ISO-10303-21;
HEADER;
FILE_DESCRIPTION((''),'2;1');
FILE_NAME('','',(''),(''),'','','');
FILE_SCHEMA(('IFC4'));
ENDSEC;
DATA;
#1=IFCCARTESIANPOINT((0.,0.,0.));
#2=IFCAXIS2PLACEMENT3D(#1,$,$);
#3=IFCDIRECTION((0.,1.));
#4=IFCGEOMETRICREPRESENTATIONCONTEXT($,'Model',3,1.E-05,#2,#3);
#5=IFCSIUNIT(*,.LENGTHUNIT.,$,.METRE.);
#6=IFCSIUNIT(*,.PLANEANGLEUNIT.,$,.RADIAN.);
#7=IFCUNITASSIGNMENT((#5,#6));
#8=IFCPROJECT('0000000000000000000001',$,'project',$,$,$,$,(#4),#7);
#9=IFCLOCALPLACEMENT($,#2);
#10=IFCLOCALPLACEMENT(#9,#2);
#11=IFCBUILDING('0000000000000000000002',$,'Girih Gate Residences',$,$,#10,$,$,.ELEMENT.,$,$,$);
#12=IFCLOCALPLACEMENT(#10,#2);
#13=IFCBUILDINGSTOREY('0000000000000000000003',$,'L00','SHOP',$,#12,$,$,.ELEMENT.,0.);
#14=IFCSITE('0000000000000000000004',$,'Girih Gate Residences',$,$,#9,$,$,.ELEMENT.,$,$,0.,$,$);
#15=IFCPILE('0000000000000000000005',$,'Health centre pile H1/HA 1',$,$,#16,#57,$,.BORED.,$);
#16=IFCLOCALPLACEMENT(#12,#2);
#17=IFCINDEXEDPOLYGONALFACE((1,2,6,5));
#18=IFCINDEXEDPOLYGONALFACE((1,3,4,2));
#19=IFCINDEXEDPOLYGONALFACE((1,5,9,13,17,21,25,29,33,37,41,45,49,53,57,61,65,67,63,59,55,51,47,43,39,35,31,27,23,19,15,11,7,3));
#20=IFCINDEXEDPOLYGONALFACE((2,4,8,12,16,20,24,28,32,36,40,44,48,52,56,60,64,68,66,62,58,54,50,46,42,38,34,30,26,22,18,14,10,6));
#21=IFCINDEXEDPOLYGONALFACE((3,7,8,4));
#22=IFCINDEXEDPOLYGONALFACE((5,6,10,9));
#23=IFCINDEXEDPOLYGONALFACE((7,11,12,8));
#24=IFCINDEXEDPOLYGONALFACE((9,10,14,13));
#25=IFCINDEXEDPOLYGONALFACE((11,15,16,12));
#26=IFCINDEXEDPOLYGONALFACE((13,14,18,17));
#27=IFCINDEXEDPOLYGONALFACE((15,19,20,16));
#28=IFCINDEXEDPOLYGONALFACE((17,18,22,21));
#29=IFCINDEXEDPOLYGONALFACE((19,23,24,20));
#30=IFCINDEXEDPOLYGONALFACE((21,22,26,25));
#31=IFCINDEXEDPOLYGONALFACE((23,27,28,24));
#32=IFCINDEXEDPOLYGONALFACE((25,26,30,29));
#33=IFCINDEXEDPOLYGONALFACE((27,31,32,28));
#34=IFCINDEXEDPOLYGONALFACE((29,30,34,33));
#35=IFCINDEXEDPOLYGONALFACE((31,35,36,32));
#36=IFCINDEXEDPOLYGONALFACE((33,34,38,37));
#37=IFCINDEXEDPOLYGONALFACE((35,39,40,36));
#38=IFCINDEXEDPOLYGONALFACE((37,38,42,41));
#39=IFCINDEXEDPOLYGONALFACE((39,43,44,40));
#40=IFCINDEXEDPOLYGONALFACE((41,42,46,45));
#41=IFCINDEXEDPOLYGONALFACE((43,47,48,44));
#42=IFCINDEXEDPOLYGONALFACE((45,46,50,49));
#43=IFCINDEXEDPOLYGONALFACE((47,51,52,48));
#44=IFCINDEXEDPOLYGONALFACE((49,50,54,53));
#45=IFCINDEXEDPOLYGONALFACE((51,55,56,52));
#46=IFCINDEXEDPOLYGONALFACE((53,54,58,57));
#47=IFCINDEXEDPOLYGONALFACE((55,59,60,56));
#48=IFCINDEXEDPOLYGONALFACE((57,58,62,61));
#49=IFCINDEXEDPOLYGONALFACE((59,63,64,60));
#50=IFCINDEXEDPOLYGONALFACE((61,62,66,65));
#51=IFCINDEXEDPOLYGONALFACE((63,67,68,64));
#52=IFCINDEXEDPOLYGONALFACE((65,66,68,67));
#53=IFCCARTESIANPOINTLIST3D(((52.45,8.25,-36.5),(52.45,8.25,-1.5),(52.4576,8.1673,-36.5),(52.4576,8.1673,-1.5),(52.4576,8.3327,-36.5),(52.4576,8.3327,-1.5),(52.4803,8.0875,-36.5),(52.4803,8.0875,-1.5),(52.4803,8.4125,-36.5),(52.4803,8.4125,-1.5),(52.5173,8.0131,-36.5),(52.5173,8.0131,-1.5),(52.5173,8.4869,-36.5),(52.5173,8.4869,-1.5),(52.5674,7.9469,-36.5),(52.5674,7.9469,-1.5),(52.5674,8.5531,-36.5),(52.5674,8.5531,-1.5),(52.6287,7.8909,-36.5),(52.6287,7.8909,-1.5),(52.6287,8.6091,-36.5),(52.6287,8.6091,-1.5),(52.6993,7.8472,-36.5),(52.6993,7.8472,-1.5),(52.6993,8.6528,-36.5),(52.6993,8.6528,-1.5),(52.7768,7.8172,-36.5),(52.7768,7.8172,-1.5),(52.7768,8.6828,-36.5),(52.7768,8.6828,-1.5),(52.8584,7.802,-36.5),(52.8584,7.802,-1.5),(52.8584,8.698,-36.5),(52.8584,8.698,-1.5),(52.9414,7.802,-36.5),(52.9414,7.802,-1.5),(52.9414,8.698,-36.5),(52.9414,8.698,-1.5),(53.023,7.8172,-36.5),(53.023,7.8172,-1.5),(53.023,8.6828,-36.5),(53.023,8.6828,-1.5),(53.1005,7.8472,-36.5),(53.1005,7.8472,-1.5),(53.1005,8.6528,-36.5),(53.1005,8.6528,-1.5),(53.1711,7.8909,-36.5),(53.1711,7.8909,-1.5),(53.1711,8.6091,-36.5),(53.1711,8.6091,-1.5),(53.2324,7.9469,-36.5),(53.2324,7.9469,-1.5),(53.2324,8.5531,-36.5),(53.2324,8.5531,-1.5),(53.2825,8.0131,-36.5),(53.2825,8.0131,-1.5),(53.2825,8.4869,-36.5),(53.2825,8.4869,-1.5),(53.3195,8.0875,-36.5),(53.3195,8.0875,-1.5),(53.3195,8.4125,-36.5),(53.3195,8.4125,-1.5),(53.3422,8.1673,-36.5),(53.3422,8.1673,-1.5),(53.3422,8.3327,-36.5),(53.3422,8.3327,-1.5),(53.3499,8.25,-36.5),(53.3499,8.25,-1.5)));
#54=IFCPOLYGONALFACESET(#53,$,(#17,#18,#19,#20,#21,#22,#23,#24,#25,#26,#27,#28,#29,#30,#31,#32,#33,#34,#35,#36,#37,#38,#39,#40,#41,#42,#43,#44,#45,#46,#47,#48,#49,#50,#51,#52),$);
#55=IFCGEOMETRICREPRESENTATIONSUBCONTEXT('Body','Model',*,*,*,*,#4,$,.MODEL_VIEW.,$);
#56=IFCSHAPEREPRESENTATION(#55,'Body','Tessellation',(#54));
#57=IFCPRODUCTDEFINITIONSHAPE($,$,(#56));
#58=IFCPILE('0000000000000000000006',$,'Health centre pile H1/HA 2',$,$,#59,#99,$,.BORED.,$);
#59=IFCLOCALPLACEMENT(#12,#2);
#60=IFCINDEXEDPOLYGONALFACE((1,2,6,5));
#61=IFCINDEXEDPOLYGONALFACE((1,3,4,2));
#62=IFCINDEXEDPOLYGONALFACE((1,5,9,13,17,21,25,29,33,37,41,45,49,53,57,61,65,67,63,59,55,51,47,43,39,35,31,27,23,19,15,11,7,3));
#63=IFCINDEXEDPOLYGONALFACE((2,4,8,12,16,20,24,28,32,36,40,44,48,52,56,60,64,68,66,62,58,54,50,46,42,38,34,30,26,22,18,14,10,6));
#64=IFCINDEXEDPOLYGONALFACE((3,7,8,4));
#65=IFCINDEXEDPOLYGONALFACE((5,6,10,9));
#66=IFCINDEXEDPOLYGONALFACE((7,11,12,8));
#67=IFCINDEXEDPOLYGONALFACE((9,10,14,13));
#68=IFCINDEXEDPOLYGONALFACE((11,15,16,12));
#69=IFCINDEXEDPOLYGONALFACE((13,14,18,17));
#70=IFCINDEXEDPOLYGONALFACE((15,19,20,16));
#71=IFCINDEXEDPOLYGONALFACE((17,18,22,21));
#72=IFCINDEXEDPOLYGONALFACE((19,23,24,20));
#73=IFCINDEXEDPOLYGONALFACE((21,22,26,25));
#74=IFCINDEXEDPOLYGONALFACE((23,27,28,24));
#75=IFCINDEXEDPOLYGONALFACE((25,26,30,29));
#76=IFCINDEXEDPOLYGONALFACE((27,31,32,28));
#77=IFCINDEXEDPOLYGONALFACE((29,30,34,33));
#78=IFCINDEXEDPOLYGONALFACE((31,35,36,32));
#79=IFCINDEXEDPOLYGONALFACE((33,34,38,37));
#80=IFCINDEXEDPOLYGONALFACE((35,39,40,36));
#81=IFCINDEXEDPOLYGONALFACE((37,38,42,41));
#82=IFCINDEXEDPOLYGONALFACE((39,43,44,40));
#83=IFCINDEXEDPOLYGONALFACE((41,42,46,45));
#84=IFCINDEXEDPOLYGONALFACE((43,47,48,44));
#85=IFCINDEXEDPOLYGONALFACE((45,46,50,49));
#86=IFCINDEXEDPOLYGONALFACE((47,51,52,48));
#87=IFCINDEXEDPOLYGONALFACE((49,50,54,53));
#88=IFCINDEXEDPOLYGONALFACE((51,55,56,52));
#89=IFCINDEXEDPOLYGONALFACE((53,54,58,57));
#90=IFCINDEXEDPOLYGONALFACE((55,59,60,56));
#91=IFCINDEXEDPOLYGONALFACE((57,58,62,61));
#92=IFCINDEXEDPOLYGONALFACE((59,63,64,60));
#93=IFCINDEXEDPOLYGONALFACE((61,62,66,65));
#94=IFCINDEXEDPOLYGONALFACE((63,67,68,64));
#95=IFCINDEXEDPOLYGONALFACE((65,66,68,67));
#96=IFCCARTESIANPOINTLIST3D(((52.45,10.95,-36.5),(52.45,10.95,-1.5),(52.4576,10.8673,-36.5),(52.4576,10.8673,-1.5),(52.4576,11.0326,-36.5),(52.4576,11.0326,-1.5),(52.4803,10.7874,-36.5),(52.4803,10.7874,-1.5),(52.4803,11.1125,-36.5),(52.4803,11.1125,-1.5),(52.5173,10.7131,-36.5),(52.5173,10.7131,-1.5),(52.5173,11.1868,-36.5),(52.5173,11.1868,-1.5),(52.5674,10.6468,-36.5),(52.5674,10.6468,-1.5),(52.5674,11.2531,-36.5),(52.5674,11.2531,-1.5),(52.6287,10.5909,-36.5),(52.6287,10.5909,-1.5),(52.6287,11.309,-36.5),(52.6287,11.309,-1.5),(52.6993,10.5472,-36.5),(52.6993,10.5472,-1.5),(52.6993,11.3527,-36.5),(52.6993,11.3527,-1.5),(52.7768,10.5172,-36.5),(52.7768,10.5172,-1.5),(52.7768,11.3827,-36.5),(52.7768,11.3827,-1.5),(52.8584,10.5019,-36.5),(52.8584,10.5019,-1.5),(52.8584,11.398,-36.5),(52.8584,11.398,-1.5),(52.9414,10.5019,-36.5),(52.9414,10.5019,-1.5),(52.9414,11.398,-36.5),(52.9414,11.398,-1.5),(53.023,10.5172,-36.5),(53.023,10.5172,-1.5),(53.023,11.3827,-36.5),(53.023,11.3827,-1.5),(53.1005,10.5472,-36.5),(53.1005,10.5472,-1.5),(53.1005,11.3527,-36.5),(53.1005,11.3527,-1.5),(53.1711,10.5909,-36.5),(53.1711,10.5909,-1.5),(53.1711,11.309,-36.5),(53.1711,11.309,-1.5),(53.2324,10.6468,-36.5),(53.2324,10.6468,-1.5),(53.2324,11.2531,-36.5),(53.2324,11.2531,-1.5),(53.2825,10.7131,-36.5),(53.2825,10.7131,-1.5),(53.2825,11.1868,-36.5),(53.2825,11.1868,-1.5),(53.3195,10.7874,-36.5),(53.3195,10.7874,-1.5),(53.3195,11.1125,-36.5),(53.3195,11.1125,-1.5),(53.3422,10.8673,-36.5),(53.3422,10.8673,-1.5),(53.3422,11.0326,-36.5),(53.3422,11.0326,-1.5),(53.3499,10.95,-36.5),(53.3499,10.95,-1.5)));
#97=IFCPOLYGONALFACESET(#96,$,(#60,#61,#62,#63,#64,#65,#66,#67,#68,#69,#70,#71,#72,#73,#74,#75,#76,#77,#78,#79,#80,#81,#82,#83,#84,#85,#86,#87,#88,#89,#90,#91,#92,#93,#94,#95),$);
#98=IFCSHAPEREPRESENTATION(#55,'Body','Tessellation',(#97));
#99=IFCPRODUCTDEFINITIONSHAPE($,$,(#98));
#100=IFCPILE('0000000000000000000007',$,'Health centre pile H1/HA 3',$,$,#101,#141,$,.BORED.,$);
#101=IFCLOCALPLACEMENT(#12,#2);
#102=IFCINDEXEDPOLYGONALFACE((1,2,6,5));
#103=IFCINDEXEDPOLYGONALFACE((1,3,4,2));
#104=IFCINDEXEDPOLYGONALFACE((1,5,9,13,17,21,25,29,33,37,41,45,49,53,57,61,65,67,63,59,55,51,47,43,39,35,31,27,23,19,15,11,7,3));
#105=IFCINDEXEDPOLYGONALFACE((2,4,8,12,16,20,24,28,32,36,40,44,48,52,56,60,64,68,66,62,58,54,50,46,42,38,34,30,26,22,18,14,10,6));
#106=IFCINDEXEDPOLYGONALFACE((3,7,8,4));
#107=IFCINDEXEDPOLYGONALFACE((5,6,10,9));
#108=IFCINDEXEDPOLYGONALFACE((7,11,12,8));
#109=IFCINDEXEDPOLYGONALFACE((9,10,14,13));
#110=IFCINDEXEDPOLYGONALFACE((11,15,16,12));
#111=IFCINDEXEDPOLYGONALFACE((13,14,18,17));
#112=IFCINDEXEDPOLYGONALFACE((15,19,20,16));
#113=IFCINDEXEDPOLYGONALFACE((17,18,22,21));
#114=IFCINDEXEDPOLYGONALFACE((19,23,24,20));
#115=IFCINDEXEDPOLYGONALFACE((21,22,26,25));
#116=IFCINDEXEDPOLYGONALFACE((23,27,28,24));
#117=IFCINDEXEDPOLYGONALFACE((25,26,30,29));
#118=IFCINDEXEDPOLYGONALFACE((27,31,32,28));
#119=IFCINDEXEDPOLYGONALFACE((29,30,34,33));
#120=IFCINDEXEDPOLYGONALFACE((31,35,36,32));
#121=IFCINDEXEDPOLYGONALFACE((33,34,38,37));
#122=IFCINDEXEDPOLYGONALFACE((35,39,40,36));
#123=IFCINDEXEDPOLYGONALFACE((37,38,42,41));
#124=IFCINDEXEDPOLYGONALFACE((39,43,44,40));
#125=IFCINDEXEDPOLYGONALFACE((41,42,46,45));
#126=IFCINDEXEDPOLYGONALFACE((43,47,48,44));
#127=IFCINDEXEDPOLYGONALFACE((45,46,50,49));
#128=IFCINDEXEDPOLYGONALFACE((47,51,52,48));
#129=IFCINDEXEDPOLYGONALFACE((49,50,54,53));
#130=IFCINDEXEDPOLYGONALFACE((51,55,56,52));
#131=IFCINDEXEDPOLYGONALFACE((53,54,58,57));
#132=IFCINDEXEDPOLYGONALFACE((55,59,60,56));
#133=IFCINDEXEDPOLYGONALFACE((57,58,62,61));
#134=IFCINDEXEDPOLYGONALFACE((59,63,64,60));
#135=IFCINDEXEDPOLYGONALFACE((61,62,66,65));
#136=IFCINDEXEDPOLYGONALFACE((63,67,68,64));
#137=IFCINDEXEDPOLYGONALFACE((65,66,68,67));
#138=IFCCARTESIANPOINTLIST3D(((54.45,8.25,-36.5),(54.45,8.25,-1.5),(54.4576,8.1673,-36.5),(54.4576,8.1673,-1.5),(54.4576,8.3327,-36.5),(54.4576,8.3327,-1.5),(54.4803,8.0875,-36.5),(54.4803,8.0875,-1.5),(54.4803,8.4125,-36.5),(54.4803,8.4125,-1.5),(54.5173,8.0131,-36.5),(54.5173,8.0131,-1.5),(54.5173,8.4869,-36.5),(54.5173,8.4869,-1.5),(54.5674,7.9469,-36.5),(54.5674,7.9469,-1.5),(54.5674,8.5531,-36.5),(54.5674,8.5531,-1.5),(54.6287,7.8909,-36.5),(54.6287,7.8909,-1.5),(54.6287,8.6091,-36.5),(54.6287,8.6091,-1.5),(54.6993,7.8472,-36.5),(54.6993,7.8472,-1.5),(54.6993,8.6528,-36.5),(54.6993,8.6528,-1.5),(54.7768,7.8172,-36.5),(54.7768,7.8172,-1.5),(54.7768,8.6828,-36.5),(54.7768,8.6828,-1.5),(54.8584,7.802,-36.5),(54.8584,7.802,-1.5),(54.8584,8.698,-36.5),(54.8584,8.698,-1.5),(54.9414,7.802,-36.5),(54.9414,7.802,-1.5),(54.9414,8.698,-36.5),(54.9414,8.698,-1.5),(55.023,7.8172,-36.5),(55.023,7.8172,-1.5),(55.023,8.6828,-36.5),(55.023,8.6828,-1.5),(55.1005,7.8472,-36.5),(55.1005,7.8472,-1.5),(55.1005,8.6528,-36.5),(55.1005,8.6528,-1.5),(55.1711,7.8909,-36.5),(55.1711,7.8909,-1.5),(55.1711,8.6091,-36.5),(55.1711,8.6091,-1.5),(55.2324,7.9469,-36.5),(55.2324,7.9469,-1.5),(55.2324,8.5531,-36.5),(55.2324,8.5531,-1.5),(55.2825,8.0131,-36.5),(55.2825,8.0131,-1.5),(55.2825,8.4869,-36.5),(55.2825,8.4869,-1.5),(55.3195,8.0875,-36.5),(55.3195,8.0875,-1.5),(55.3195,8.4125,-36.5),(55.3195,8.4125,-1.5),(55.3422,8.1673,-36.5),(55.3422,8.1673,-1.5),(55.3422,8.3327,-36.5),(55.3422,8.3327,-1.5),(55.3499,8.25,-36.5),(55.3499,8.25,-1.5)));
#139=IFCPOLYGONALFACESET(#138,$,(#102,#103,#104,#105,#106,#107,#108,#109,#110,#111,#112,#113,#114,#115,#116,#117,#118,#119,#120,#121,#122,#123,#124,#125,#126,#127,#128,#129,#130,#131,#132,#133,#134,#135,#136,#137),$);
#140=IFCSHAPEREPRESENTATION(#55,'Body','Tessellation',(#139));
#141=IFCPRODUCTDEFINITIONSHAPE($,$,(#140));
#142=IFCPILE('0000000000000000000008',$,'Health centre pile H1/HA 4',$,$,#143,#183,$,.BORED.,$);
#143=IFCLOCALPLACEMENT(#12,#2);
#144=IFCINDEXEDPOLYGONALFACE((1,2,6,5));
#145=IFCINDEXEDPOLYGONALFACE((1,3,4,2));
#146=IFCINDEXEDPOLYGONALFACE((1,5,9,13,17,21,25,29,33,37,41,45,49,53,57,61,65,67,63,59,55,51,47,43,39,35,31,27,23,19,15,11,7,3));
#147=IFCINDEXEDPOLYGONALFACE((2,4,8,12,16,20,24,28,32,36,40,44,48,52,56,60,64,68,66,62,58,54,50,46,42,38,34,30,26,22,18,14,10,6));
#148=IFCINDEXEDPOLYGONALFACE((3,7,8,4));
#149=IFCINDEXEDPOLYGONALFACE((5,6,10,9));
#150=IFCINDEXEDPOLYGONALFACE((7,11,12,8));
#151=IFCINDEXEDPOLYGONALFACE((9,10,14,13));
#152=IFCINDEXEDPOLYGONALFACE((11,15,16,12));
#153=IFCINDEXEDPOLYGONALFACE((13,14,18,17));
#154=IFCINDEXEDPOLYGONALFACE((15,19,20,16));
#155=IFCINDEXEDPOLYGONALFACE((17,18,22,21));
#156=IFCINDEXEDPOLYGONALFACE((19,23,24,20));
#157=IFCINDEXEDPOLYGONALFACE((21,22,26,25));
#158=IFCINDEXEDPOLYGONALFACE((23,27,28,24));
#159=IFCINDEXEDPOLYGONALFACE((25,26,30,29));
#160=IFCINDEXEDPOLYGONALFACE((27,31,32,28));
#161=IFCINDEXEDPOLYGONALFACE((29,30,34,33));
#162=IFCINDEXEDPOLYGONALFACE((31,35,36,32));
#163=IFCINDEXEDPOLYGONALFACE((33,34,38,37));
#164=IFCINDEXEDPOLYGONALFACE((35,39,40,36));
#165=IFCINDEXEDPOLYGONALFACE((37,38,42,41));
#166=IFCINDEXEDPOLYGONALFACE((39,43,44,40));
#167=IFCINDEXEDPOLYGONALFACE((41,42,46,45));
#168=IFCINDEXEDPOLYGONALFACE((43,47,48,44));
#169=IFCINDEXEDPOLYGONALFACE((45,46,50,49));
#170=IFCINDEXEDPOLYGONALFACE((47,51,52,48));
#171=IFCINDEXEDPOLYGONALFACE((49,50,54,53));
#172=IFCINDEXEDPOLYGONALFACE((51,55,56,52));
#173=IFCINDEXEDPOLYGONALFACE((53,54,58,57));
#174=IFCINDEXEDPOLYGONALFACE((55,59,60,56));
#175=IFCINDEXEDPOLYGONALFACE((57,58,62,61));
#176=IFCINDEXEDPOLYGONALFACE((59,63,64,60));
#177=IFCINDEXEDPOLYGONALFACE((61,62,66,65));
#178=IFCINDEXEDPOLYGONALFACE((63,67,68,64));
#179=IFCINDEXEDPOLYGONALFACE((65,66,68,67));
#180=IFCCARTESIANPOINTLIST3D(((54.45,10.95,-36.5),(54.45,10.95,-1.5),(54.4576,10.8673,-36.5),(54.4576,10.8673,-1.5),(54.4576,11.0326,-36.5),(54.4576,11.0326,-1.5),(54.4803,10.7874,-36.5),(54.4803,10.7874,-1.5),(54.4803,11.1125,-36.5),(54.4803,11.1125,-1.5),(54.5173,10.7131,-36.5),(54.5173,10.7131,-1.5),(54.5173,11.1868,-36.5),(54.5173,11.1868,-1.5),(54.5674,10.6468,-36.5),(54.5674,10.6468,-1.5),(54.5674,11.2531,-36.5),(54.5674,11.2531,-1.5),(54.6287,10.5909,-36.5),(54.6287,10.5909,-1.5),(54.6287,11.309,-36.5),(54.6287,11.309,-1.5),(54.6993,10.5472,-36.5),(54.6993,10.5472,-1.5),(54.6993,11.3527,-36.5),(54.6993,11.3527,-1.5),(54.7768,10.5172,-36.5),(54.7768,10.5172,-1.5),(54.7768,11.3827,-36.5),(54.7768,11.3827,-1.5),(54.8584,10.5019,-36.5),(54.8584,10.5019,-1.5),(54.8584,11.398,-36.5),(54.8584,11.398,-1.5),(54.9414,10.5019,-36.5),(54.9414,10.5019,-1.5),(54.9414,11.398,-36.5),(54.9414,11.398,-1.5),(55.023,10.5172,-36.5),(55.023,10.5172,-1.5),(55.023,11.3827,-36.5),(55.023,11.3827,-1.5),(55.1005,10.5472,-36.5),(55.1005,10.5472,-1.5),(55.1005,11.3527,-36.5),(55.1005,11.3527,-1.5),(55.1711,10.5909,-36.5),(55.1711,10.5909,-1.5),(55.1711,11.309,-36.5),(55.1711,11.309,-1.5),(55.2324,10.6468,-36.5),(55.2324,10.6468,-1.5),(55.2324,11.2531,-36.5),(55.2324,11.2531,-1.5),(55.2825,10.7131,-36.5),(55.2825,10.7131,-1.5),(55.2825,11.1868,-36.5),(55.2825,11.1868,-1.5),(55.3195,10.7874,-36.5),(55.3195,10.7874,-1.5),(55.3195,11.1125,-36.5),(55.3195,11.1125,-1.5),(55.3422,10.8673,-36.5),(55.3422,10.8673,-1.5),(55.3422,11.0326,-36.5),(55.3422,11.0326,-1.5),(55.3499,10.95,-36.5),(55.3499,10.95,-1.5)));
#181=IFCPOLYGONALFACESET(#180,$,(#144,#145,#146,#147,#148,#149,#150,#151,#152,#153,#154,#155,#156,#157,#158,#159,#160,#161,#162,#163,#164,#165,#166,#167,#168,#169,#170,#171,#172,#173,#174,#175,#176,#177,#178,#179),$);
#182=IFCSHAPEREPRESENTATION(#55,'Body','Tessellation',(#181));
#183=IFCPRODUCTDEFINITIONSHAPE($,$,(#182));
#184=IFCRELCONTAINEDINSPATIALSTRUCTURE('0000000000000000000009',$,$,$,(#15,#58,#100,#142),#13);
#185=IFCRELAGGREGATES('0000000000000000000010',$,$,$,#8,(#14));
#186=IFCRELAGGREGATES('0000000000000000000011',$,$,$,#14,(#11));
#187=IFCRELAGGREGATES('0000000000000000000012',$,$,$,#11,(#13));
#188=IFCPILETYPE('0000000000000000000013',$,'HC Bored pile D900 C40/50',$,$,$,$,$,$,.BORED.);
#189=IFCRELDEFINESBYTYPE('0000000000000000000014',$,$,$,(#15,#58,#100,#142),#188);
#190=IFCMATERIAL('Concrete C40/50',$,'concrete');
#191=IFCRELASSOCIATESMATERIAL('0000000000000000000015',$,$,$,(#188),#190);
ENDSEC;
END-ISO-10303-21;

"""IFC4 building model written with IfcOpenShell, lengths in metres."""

from ifc_helpers import new_model, si_unit, direction, frame, origin, origin_2d, place, context, subcontext, project, spatial, circle, extrude, material, material_profile, profile_set, type_object, element, save


model = new_model("IFC4")

# Units and contexts
model_context = context("Model", 3, precision=1e-05, world=origin(), true_north=direction((0.0, 1.0)))
body_context = subcontext(model_context, "Body", "Model", "MODEL_VIEW")
ifc_project = project(units=[si_unit("LENGTHUNIT", "METRE"), si_unit("PLANEANGLEUNIT", "RADIAN")], contexts=[model_context])

# Site, building, storey
site_placement = place(None, origin())
site = spatial("IfcSite", under=ifc_project, at=site_placement, Name="Girih Gate Residences", CompositionType="ELEMENT", RefElevation=0.0)
building_placement = place(site_placement, origin())
building = spatial("IfcBuilding", under=site, at=building_placement, Name="Girih Gate Residences", CompositionType="ELEMENT")
storey_placement = place(building_placement, origin())
storey = spatial("IfcBuildingStorey", under=building, at=storey_placement, Name="L00", Description="SHOP", CompositionType="ELEMENT", Elevation=0.0)

# Piles
ifc_material_1 = material(Name="Concrete C40/50", Category="concrete")
ifc_material_profile_1 = material_profile(ifc_material_1, circle(Radius=0.45, at=origin_2d()))
ifc_profile_set_1 = profile_set([ifc_material_profile_1], Name="Concrete C40/50")
pile_type = type_object("IfcPileType", Name="HC Bored pile D900 C40/50", PredefinedType="BORED", material=ifc_profile_set_1)
for number, where, z_axis, x_axis, name in (
    (1, (52.8999, 8.25, -1.5), (0.0, 0.0, -1.0), (1.0, 0.0, 0.0), "Health centre pile H1/HA 1"),
    (2, (52.8999, 10.95, -1.5), (0.0, 0.0, -1.0), (1.0, 0.0, 0.0), "Health centre pile H1/HA 2"),
    (3, (54.8999, 8.25, -1.5), (0.0, 0.0, -1.0), (1.0, 0.0, 0.0), "Health centre pile H1/HA 3"),
    (4, (54.8999, 10.95, -1.5), (0.0, 0.0, -1.0), (1.0, 0.0, 0.0), "Health centre pile H1/HA 4"),
):
    element("IfcPile", number, at=place(storey_placement, frame(where, z_axis=z_axis, x_axis=x_axis)), inside=storey, type_object=pile_type, Name=name, PredefinedType="BORED", context=body_context, shape_type="SweptSolid", body=[
        extrude(circle(Radius=0.45, at=origin_2d()), origin(), (0.0, 0.0, 1.0), 35.0),
    ])

save(model, "model.ifc")
